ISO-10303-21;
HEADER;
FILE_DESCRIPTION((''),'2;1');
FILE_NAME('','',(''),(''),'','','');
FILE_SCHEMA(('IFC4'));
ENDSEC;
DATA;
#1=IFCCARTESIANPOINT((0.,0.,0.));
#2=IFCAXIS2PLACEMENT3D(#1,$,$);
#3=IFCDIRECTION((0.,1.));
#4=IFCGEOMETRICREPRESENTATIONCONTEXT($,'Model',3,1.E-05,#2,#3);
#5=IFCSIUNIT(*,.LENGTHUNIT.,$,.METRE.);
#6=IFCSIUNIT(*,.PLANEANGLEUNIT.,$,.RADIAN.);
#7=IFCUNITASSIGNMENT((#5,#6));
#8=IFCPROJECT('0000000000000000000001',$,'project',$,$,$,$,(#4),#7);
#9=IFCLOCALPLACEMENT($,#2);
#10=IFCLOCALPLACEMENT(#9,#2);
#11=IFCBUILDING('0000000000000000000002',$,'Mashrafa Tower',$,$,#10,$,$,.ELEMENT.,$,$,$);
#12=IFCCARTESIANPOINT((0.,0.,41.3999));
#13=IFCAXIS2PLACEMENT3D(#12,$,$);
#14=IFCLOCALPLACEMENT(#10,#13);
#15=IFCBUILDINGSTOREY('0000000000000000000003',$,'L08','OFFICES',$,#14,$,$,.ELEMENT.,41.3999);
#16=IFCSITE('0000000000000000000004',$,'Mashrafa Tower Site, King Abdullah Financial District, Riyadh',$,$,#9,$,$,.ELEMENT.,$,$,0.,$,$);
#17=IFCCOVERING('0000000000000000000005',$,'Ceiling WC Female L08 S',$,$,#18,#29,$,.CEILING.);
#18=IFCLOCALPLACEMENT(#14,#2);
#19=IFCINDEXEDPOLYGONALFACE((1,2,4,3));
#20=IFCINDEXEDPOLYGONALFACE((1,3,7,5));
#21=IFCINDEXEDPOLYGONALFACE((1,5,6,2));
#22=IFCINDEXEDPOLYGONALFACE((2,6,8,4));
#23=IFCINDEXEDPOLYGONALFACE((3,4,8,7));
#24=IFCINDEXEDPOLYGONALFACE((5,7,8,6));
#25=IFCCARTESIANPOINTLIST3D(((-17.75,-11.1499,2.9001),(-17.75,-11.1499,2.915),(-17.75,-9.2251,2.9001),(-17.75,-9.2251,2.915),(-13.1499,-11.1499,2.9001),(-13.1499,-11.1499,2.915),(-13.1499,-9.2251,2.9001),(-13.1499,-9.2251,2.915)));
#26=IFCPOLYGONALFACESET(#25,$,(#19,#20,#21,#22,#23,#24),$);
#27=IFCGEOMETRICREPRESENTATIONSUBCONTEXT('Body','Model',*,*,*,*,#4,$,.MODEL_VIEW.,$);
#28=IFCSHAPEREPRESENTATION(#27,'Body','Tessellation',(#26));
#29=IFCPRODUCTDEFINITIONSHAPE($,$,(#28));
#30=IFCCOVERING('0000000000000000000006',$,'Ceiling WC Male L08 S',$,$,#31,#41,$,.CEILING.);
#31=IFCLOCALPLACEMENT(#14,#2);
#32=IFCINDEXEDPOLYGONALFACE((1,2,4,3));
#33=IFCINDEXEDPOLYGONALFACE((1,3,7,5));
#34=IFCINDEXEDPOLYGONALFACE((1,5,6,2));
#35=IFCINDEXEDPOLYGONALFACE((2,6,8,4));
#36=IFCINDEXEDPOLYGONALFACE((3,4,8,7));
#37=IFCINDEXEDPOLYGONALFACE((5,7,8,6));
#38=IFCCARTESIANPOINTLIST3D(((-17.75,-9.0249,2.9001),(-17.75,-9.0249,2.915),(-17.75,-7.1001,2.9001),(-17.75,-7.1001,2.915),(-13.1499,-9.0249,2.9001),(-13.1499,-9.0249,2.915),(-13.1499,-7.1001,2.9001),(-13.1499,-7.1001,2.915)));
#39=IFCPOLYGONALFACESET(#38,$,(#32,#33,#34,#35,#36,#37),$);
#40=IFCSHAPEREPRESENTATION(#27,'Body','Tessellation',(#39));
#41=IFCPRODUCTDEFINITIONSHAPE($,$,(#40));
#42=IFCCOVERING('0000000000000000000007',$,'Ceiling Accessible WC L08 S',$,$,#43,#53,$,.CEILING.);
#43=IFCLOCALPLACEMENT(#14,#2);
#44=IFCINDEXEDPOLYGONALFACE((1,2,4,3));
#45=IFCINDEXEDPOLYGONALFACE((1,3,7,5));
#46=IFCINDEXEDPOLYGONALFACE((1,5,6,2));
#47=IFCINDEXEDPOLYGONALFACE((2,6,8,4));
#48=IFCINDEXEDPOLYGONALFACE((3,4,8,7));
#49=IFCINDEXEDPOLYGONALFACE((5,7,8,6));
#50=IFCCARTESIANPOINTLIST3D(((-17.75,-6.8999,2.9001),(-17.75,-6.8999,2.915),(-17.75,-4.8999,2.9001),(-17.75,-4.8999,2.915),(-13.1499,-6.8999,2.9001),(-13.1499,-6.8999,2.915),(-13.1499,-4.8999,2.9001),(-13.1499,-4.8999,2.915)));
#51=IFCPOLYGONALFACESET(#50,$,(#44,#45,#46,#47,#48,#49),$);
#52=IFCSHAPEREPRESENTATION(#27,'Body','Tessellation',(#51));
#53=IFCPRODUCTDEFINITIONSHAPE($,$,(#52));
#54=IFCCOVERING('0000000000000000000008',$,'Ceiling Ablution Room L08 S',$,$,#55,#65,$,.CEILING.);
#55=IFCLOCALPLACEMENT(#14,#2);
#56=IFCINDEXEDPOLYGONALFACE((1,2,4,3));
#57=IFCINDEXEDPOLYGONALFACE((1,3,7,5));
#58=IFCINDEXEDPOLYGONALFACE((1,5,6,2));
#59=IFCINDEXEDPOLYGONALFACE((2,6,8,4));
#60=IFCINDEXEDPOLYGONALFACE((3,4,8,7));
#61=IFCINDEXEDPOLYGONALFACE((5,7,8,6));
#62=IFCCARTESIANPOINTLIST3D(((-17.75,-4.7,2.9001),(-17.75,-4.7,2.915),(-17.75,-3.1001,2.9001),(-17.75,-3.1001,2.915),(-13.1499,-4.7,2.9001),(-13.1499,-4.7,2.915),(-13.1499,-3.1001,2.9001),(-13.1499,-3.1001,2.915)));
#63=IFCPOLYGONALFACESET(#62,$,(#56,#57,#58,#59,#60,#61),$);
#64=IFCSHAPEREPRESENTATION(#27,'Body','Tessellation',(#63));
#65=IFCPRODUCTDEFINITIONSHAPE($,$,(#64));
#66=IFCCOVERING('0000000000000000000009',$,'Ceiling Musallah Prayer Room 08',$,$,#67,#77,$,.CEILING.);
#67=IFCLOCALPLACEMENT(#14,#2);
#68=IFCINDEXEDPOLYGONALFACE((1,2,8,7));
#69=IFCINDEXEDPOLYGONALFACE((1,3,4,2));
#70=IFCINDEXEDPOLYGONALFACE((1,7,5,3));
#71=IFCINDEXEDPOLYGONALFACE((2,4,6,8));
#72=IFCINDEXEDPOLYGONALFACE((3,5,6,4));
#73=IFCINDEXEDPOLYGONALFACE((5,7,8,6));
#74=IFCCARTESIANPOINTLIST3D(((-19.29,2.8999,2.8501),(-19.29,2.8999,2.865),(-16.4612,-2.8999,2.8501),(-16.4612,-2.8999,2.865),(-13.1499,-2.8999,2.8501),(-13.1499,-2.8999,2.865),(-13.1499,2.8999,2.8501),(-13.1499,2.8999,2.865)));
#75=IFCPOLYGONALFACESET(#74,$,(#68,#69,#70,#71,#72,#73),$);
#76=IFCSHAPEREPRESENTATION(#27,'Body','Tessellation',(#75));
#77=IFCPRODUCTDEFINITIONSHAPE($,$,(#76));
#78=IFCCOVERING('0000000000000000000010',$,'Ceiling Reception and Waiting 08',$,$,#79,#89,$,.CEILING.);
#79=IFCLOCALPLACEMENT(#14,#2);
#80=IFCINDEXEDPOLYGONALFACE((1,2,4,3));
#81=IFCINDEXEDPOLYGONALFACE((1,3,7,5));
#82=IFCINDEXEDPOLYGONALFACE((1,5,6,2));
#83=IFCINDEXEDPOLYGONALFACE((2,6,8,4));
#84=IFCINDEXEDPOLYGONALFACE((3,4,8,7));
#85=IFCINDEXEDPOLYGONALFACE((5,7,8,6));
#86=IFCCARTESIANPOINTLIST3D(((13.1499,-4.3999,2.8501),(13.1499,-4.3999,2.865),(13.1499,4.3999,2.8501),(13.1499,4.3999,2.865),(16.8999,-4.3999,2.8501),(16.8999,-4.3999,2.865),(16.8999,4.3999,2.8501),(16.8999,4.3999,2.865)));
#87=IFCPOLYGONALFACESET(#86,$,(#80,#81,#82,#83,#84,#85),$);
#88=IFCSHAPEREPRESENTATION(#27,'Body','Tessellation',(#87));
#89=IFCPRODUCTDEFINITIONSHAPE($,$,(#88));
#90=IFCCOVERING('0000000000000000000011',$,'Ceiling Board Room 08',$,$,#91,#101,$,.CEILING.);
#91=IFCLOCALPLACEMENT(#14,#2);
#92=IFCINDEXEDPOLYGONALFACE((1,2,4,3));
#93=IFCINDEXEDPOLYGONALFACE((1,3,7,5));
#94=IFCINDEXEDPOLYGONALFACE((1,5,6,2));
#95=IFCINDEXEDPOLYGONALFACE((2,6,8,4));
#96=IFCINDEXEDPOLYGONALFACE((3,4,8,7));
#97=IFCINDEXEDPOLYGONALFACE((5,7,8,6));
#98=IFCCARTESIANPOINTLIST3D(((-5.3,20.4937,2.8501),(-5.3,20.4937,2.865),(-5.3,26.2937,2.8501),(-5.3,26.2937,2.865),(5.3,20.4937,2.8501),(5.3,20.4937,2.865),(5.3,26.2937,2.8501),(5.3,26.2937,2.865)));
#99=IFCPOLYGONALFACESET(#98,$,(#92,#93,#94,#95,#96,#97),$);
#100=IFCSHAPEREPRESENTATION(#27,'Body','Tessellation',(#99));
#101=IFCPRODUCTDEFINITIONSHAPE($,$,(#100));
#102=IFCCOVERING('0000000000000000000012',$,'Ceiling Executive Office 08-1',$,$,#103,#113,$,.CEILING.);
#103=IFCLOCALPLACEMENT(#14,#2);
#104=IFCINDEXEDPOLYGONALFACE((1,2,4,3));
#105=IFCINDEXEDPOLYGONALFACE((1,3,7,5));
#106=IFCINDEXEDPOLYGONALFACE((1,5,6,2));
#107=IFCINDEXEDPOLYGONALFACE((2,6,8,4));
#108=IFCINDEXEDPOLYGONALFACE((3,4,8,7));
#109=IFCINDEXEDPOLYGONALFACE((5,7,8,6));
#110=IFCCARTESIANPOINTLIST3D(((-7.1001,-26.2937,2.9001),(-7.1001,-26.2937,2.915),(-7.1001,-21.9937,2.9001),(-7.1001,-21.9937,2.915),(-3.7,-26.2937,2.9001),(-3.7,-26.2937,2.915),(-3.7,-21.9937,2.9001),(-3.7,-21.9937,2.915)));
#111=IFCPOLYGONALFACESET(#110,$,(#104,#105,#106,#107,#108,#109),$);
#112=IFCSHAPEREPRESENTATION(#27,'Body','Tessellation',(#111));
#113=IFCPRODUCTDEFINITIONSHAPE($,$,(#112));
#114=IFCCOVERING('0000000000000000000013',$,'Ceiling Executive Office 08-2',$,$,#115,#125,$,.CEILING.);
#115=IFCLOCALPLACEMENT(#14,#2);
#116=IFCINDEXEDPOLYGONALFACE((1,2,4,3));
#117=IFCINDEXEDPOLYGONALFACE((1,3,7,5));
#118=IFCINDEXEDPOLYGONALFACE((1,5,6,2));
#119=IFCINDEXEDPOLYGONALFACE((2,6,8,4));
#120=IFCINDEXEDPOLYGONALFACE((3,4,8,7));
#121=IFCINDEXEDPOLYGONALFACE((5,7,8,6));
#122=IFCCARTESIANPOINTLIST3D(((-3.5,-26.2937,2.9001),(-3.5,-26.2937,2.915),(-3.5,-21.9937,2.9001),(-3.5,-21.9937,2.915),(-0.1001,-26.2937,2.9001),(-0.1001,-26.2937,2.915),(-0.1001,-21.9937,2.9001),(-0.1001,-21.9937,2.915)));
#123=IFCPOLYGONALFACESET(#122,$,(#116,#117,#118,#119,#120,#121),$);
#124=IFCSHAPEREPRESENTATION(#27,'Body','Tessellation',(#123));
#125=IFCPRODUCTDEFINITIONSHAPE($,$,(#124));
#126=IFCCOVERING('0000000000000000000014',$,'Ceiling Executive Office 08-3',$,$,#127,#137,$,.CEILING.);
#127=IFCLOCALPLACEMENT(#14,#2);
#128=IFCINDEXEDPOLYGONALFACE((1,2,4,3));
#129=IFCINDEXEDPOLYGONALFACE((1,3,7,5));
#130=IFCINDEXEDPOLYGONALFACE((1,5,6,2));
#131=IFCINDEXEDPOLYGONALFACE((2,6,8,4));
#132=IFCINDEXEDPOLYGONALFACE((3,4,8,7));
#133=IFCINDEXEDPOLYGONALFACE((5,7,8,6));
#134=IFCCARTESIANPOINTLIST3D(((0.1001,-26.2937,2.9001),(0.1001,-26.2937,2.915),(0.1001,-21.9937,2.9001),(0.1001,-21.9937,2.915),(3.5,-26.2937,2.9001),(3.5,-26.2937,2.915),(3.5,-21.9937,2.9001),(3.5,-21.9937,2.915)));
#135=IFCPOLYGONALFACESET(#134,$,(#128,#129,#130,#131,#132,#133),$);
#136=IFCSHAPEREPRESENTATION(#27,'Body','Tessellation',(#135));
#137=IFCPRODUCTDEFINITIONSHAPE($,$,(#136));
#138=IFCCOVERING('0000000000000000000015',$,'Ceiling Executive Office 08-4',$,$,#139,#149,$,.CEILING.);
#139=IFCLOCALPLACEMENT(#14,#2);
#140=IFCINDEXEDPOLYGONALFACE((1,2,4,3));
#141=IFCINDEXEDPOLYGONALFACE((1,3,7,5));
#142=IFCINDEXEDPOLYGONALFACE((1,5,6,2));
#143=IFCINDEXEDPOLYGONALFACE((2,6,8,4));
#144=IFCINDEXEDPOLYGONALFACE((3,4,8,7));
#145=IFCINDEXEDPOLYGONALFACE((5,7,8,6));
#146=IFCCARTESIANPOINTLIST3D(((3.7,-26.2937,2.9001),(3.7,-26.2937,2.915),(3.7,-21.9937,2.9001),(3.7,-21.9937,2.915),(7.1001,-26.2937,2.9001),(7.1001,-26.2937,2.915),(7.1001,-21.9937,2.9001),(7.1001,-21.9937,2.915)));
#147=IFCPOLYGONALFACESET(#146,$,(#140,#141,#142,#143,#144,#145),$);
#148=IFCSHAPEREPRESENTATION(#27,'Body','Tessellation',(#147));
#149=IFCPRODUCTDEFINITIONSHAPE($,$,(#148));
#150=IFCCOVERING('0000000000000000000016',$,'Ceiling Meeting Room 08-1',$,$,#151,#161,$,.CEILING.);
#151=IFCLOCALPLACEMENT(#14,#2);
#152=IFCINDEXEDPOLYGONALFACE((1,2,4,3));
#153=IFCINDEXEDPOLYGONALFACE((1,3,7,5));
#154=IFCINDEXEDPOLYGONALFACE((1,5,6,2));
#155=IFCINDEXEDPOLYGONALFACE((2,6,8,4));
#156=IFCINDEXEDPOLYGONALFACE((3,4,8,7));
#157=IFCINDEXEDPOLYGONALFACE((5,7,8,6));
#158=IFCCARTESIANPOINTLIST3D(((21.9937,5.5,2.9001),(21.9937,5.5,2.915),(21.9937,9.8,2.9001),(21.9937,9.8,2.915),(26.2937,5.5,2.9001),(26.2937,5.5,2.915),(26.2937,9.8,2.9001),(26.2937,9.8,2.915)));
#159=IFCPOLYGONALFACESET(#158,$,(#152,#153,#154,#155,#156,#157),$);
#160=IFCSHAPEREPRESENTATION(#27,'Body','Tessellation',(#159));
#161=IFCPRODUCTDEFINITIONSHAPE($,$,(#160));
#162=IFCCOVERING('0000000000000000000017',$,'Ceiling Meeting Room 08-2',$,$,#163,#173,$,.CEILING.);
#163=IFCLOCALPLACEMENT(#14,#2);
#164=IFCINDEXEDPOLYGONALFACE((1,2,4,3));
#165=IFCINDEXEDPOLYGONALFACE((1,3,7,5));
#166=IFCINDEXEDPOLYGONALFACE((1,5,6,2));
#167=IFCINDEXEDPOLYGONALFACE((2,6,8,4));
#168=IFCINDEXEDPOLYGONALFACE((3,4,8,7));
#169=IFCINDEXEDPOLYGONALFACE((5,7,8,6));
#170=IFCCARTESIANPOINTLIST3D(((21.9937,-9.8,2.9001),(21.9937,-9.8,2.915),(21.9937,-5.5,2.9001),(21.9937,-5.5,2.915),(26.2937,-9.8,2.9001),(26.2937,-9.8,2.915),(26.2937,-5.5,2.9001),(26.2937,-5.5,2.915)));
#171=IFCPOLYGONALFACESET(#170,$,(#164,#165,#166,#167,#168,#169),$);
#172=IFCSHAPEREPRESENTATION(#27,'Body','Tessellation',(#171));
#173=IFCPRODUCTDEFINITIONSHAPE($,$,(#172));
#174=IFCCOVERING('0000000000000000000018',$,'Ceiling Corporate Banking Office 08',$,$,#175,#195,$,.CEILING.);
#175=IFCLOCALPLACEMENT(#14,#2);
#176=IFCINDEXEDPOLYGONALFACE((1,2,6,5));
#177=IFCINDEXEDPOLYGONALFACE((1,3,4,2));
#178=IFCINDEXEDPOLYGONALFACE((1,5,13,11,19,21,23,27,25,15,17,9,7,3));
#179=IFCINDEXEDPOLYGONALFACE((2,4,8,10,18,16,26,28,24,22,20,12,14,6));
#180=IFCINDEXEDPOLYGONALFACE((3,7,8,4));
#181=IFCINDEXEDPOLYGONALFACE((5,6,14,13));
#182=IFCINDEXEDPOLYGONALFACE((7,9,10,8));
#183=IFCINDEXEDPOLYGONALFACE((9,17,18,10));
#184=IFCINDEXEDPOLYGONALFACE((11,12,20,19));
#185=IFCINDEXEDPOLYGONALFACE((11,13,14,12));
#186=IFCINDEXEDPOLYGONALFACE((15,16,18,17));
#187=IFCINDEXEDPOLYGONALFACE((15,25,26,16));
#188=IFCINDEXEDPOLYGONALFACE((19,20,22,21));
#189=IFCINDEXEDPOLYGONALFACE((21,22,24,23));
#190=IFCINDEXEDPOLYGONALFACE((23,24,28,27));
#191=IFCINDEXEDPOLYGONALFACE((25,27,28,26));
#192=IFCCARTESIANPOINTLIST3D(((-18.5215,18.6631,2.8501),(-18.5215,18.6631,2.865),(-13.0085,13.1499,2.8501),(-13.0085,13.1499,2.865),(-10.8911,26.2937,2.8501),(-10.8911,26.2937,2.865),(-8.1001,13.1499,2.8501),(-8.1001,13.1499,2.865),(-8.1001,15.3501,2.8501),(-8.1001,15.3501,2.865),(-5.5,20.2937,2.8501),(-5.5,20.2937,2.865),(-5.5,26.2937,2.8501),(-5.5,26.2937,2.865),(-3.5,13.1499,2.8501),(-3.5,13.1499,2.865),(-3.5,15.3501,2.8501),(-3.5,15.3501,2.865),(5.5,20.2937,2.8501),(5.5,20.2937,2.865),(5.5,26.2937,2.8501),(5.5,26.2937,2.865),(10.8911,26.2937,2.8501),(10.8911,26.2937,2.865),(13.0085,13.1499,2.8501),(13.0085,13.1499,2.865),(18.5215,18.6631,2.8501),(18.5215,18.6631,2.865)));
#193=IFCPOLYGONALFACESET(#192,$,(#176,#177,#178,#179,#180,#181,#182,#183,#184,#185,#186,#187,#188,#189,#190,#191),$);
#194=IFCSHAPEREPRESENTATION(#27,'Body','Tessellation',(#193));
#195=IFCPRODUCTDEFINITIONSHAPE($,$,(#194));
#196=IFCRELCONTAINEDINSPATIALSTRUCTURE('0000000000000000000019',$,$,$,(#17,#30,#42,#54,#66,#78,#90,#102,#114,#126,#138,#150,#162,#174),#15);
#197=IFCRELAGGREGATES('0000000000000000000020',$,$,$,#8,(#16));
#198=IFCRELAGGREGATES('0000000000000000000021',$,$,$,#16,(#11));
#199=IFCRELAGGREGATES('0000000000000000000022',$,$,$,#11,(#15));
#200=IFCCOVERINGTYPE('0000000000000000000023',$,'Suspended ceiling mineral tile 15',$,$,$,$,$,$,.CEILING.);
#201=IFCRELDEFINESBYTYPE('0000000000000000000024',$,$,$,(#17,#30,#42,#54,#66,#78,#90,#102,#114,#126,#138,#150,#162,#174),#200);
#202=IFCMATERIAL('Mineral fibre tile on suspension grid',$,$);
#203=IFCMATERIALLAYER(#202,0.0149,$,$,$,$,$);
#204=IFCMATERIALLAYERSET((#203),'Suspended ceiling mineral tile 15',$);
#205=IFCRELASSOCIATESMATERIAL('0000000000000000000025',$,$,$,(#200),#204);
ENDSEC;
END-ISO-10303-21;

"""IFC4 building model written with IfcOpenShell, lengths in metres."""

from ifc_helpers import new_model, si_unit, direction, frame, origin, place, context, subcontext, project, spatial, polyline, outline, extrude, material, layer, layer_set, type_object, element, save


model = new_model("IFC4")

# Units and contexts
model_context = context("Model", 3, precision=1e-05, world=origin(), true_north=direction((0.0, 1.0)))
body_context = subcontext(model_context, "Body", "Model", "MODEL_VIEW")
ifc_project = project(units=[si_unit("LENGTHUNIT", "METRE"), si_unit("PLANEANGLEUNIT", "RADIAN")], contexts=[model_context])

# Site, building, storey
site_placement = place(None, origin())
site = spatial("IfcSite", under=ifc_project, at=site_placement, Name="Mashrafa Tower Site, King Abdullah Financial District, Riyadh", CompositionType="ELEMENT", RefElevation=0.0)
building_placement = place(site_placement, origin())
building = spatial("IfcBuilding", under=site, at=building_placement, Name="Mashrafa Tower", CompositionType="ELEMENT")
storey_placement = place(building_placement, frame((0.0, 0.0, 41.3999)))
storey = spatial("IfcBuildingStorey", under=building, at=storey_placement, Name="L08", Description="OFFICES", CompositionType="ELEMENT", Elevation=41.3999)

# Coverings
ifc_material_1 = material(Name="Mineral fibre tile on suspension grid")
ifc_layer_1 = layer(ifc_material_1, 0.0149)
ifc_layer_set_1 = layer_set([ifc_layer_1], Name="Suspended ceiling mineral tile 15")
covering_type = type_object("IfcCoveringType", Name="Suspended ceiling mineral tile 15", PredefinedType="CEILING", material=ifc_layer_set_1)
covering_1_placement = place(storey_placement, frame((0.0, 0.0, 2.9001)))
element("IfcCovering", 1, at=covering_1_placement, inside=storey, type_object=covering_type, Name="Ceiling WC Female L08 S", PredefinedType="CEILING", context=body_context, shape_type="SweptSolid", body=[
    extrude(outline(polyline([(-17.75, -11.1499), (-17.75, -9.2251), (-13.1499, -9.2251), (-13.1499, -11.1499), (-17.75, -11.1499)])), origin(), (0.0, 0.0, 1.0), 0.0149),
])
covering_2_placement = place(storey_placement, frame((0.0, 0.0, 2.9001)))
element("IfcCovering", 2, at=covering_2_placement, inside=storey, type_object=covering_type, Name="Ceiling WC Male L08 S", PredefinedType="CEILING", context=body_context, shape_type="SweptSolid", body=[
    extrude(outline(polyline([(-17.75, -9.0249), (-17.75, -7.1001), (-13.1499, -7.1001), (-13.1499, -9.0249), (-17.75, -9.0249)])), origin(), (0.0, 0.0, 1.0), 0.0149),
])
covering_3_placement = place(storey_placement, frame((0.0, 0.0, 2.9001)))
element("IfcCovering", 3, at=covering_3_placement, inside=storey, type_object=covering_type, Name="Ceiling Accessible WC L08 S", PredefinedType="CEILING", context=body_context, shape_type="SweptSolid", body=[
    extrude(outline(polyline([(-17.75, -6.8999), (-17.75, -4.8999), (-13.1499, -4.8999), (-13.1499, -6.8999), (-17.75, -6.8999)])), origin(), (0.0, 0.0, 1.0), 0.0149),
])
covering_4_placement = place(storey_placement, frame((0.0, 0.0, 2.9001)))
element("IfcCovering", 4, at=covering_4_placement, inside=storey, type_object=covering_type, Name="Ceiling Ablution Room L08 S", PredefinedType="CEILING", context=body_context, shape_type="SweptSolid", body=[
    extrude(outline(polyline([(-17.75, -4.7), (-17.75, -3.1001), (-13.1499, -3.1001), (-13.1499, -4.7), (-17.75, -4.7)])), origin(), (0.0, 0.0, 1.0), 0.0149),
])
covering_5_placement = place(storey_placement, frame((0.0, 0.0, 2.8501)))
element("IfcCovering", 5, at=covering_5_placement, inside=storey, type_object=covering_type, Name="Ceiling Musallah Prayer Room 08", PredefinedType="CEILING", context=body_context, shape_type="SweptSolid", body=[
    extrude(outline(polyline([(-16.4612, -2.8999), (-19.29, 2.8999), (-13.1499, 2.8999), (-13.1499, -2.8999), (-16.4612, -2.8999)])), origin(), (0.0, 0.0, 1.0), 0.0149),
])
covering_6_placement = place(storey_placement, frame((0.0, 0.0, 2.8501)))
element("IfcCovering", 6, at=covering_6_placement, inside=storey, type_object=covering_type, Name="Ceiling Reception and Waiting 08", PredefinedType="CEILING", context=body_context, shape_type="SweptSolid", body=[
    extrude(outline(polyline([(13.1499, 4.3999), (16.8999, 4.3999), (16.8999, -4.3999), (13.1499, -4.3999), (13.1499, 4.3999)])), origin(), (0.0, 0.0, 1.0), 0.0149),
])
covering_7_placement = place(storey_placement, frame((0.0, 0.0, 2.8501)))
element("IfcCovering", 7, at=covering_7_placement, inside=storey, type_object=covering_type, Name="Ceiling Board Room 08", PredefinedType="CEILING", context=body_context, shape_type="SweptSolid", body=[
    extrude(outline(polyline([(-5.3, 26.2937), (5.3, 26.2937), (5.3, 20.4937), (-5.3, 20.4937), (-5.3, 26.2937)])), origin(), (0.0, 0.0, 1.0), 0.0149),
])
covering_8_placement = place(storey_placement, frame((0.0, 0.0, 2.9001)))
element("IfcCovering", 8, at=covering_8_placement, inside=storey, type_object=covering_type, Name="Ceiling Executive Office 08-1", PredefinedType="CEILING", context=body_context, shape_type="SweptSolid", body=[
    extrude(outline(polyline([(-7.1001, -21.9937), (-3.7, -21.9937), (-3.7, -26.2937), (-7.1001, -26.2937), (-7.1001, -21.9937)])), origin(), (0.0, 0.0, 1.0), 0.0149),
])
covering_9_placement = place(storey_placement, frame((0.0, 0.0, 2.9001)))
element("IfcCovering", 9, at=covering_9_placement, inside=storey, type_object=covering_type, Name="Ceiling Executive Office 08-2", PredefinedType="CEILING", context=body_context, shape_type="SweptSolid", body=[
    extrude(outline(polyline([(-3.5, -21.9937), (-0.1001, -21.9937), (-0.1001, -26.2937), (-3.5, -26.2937), (-3.5, -21.9937)])), origin(), (0.0, 0.0, 1.0), 0.0149),
])
covering_10_placement = place(storey_placement, frame((0.0, 0.0, 2.9001)))
element("IfcCovering", 10, at=covering_10_placement, inside=storey, type_object=covering_type, Name="Ceiling Executive Office 08-3", PredefinedType="CEILING", context=body_context, shape_type="SweptSolid", body=[
    extrude(outline(polyline([(0.1001, -21.9937), (3.5, -21.9937), (3.5, -26.2937), (0.1001, -26.2937), (0.1001, -21.9937)])), origin(), (0.0, 0.0, 1.0), 0.0149),
])
covering_11_placement = place(storey_placement, frame((0.0, 0.0, 2.9001)))
element("IfcCovering", 11, at=covering_11_placement, inside=storey, type_object=covering_type, Name="Ceiling Executive Office 08-4", PredefinedType="CEILING", context=body_context, shape_type="SweptSolid", body=[
    extrude(outline(polyline([(3.7, -21.9937), (7.1001, -21.9937), (7.1001, -26.2937), (3.7, -26.2937), (3.7, -21.9937)])), origin(), (0.0, 0.0, 1.0), 0.0149),
])
covering_12_placement = place(storey_placement, frame((0.0, 0.0, 2.9001)))
element("IfcCovering", 12, at=covering_12_placement, inside=storey, type_object=covering_type, Name="Ceiling Meeting Room 08-1", PredefinedType="CEILING", context=body_context, shape_type="SweptSolid", body=[
    extrude(outline(polyline([(21.9937, 9.8), (26.2937, 9.8), (26.2937, 5.5), (21.9937, 5.5), (21.9937, 9.8)])), origin(), (0.0, 0.0, 1.0), 0.0149),
])
covering_13_placement = place(storey_placement, frame((0.0, 0.0, 2.9001)))
element("IfcCovering", 13, at=covering_13_placement, inside=storey, type_object=covering_type, Name="Ceiling Meeting Room 08-2", PredefinedType="CEILING", context=body_context, shape_type="SweptSolid", body=[
    extrude(outline(polyline([(21.9937, -5.5), (26.2937, -5.5), (26.2937, -9.8), (21.9937, -9.8), (21.9937, -5.5)])), origin(), (0.0, 0.0, 1.0), 0.0149),
])
covering_14_placement = place(storey_placement, frame((0.0, 0.0, 2.8501)))
element("IfcCovering", 14, at=covering_14_placement, inside=storey, type_object=covering_type, Name="Ceiling Corporate Banking Office 08", PredefinedType="CEILING", context=body_context, shape_type="SweptSolid", body=[
    extrude(outline(polyline([(-13.0085, 13.1499), (-18.5215, 18.6631), (-10.8911, 26.2937), (-5.5, 26.2937), (-5.5, 20.2937), (5.5, 20.2937), (5.5, 26.2937), (10.8911, 26.2937), (18.5215, 18.6631), (13.0085, 13.1499), (-3.5, 13.1499), (-3.5, 15.3501), (-8.1001, 15.3501), (-8.1001, 13.1499), (-13.0085, 13.1499)])), origin(), (0.0, 0.0, 1.0), 0.0149),
])

save(model, "model.ifc")
